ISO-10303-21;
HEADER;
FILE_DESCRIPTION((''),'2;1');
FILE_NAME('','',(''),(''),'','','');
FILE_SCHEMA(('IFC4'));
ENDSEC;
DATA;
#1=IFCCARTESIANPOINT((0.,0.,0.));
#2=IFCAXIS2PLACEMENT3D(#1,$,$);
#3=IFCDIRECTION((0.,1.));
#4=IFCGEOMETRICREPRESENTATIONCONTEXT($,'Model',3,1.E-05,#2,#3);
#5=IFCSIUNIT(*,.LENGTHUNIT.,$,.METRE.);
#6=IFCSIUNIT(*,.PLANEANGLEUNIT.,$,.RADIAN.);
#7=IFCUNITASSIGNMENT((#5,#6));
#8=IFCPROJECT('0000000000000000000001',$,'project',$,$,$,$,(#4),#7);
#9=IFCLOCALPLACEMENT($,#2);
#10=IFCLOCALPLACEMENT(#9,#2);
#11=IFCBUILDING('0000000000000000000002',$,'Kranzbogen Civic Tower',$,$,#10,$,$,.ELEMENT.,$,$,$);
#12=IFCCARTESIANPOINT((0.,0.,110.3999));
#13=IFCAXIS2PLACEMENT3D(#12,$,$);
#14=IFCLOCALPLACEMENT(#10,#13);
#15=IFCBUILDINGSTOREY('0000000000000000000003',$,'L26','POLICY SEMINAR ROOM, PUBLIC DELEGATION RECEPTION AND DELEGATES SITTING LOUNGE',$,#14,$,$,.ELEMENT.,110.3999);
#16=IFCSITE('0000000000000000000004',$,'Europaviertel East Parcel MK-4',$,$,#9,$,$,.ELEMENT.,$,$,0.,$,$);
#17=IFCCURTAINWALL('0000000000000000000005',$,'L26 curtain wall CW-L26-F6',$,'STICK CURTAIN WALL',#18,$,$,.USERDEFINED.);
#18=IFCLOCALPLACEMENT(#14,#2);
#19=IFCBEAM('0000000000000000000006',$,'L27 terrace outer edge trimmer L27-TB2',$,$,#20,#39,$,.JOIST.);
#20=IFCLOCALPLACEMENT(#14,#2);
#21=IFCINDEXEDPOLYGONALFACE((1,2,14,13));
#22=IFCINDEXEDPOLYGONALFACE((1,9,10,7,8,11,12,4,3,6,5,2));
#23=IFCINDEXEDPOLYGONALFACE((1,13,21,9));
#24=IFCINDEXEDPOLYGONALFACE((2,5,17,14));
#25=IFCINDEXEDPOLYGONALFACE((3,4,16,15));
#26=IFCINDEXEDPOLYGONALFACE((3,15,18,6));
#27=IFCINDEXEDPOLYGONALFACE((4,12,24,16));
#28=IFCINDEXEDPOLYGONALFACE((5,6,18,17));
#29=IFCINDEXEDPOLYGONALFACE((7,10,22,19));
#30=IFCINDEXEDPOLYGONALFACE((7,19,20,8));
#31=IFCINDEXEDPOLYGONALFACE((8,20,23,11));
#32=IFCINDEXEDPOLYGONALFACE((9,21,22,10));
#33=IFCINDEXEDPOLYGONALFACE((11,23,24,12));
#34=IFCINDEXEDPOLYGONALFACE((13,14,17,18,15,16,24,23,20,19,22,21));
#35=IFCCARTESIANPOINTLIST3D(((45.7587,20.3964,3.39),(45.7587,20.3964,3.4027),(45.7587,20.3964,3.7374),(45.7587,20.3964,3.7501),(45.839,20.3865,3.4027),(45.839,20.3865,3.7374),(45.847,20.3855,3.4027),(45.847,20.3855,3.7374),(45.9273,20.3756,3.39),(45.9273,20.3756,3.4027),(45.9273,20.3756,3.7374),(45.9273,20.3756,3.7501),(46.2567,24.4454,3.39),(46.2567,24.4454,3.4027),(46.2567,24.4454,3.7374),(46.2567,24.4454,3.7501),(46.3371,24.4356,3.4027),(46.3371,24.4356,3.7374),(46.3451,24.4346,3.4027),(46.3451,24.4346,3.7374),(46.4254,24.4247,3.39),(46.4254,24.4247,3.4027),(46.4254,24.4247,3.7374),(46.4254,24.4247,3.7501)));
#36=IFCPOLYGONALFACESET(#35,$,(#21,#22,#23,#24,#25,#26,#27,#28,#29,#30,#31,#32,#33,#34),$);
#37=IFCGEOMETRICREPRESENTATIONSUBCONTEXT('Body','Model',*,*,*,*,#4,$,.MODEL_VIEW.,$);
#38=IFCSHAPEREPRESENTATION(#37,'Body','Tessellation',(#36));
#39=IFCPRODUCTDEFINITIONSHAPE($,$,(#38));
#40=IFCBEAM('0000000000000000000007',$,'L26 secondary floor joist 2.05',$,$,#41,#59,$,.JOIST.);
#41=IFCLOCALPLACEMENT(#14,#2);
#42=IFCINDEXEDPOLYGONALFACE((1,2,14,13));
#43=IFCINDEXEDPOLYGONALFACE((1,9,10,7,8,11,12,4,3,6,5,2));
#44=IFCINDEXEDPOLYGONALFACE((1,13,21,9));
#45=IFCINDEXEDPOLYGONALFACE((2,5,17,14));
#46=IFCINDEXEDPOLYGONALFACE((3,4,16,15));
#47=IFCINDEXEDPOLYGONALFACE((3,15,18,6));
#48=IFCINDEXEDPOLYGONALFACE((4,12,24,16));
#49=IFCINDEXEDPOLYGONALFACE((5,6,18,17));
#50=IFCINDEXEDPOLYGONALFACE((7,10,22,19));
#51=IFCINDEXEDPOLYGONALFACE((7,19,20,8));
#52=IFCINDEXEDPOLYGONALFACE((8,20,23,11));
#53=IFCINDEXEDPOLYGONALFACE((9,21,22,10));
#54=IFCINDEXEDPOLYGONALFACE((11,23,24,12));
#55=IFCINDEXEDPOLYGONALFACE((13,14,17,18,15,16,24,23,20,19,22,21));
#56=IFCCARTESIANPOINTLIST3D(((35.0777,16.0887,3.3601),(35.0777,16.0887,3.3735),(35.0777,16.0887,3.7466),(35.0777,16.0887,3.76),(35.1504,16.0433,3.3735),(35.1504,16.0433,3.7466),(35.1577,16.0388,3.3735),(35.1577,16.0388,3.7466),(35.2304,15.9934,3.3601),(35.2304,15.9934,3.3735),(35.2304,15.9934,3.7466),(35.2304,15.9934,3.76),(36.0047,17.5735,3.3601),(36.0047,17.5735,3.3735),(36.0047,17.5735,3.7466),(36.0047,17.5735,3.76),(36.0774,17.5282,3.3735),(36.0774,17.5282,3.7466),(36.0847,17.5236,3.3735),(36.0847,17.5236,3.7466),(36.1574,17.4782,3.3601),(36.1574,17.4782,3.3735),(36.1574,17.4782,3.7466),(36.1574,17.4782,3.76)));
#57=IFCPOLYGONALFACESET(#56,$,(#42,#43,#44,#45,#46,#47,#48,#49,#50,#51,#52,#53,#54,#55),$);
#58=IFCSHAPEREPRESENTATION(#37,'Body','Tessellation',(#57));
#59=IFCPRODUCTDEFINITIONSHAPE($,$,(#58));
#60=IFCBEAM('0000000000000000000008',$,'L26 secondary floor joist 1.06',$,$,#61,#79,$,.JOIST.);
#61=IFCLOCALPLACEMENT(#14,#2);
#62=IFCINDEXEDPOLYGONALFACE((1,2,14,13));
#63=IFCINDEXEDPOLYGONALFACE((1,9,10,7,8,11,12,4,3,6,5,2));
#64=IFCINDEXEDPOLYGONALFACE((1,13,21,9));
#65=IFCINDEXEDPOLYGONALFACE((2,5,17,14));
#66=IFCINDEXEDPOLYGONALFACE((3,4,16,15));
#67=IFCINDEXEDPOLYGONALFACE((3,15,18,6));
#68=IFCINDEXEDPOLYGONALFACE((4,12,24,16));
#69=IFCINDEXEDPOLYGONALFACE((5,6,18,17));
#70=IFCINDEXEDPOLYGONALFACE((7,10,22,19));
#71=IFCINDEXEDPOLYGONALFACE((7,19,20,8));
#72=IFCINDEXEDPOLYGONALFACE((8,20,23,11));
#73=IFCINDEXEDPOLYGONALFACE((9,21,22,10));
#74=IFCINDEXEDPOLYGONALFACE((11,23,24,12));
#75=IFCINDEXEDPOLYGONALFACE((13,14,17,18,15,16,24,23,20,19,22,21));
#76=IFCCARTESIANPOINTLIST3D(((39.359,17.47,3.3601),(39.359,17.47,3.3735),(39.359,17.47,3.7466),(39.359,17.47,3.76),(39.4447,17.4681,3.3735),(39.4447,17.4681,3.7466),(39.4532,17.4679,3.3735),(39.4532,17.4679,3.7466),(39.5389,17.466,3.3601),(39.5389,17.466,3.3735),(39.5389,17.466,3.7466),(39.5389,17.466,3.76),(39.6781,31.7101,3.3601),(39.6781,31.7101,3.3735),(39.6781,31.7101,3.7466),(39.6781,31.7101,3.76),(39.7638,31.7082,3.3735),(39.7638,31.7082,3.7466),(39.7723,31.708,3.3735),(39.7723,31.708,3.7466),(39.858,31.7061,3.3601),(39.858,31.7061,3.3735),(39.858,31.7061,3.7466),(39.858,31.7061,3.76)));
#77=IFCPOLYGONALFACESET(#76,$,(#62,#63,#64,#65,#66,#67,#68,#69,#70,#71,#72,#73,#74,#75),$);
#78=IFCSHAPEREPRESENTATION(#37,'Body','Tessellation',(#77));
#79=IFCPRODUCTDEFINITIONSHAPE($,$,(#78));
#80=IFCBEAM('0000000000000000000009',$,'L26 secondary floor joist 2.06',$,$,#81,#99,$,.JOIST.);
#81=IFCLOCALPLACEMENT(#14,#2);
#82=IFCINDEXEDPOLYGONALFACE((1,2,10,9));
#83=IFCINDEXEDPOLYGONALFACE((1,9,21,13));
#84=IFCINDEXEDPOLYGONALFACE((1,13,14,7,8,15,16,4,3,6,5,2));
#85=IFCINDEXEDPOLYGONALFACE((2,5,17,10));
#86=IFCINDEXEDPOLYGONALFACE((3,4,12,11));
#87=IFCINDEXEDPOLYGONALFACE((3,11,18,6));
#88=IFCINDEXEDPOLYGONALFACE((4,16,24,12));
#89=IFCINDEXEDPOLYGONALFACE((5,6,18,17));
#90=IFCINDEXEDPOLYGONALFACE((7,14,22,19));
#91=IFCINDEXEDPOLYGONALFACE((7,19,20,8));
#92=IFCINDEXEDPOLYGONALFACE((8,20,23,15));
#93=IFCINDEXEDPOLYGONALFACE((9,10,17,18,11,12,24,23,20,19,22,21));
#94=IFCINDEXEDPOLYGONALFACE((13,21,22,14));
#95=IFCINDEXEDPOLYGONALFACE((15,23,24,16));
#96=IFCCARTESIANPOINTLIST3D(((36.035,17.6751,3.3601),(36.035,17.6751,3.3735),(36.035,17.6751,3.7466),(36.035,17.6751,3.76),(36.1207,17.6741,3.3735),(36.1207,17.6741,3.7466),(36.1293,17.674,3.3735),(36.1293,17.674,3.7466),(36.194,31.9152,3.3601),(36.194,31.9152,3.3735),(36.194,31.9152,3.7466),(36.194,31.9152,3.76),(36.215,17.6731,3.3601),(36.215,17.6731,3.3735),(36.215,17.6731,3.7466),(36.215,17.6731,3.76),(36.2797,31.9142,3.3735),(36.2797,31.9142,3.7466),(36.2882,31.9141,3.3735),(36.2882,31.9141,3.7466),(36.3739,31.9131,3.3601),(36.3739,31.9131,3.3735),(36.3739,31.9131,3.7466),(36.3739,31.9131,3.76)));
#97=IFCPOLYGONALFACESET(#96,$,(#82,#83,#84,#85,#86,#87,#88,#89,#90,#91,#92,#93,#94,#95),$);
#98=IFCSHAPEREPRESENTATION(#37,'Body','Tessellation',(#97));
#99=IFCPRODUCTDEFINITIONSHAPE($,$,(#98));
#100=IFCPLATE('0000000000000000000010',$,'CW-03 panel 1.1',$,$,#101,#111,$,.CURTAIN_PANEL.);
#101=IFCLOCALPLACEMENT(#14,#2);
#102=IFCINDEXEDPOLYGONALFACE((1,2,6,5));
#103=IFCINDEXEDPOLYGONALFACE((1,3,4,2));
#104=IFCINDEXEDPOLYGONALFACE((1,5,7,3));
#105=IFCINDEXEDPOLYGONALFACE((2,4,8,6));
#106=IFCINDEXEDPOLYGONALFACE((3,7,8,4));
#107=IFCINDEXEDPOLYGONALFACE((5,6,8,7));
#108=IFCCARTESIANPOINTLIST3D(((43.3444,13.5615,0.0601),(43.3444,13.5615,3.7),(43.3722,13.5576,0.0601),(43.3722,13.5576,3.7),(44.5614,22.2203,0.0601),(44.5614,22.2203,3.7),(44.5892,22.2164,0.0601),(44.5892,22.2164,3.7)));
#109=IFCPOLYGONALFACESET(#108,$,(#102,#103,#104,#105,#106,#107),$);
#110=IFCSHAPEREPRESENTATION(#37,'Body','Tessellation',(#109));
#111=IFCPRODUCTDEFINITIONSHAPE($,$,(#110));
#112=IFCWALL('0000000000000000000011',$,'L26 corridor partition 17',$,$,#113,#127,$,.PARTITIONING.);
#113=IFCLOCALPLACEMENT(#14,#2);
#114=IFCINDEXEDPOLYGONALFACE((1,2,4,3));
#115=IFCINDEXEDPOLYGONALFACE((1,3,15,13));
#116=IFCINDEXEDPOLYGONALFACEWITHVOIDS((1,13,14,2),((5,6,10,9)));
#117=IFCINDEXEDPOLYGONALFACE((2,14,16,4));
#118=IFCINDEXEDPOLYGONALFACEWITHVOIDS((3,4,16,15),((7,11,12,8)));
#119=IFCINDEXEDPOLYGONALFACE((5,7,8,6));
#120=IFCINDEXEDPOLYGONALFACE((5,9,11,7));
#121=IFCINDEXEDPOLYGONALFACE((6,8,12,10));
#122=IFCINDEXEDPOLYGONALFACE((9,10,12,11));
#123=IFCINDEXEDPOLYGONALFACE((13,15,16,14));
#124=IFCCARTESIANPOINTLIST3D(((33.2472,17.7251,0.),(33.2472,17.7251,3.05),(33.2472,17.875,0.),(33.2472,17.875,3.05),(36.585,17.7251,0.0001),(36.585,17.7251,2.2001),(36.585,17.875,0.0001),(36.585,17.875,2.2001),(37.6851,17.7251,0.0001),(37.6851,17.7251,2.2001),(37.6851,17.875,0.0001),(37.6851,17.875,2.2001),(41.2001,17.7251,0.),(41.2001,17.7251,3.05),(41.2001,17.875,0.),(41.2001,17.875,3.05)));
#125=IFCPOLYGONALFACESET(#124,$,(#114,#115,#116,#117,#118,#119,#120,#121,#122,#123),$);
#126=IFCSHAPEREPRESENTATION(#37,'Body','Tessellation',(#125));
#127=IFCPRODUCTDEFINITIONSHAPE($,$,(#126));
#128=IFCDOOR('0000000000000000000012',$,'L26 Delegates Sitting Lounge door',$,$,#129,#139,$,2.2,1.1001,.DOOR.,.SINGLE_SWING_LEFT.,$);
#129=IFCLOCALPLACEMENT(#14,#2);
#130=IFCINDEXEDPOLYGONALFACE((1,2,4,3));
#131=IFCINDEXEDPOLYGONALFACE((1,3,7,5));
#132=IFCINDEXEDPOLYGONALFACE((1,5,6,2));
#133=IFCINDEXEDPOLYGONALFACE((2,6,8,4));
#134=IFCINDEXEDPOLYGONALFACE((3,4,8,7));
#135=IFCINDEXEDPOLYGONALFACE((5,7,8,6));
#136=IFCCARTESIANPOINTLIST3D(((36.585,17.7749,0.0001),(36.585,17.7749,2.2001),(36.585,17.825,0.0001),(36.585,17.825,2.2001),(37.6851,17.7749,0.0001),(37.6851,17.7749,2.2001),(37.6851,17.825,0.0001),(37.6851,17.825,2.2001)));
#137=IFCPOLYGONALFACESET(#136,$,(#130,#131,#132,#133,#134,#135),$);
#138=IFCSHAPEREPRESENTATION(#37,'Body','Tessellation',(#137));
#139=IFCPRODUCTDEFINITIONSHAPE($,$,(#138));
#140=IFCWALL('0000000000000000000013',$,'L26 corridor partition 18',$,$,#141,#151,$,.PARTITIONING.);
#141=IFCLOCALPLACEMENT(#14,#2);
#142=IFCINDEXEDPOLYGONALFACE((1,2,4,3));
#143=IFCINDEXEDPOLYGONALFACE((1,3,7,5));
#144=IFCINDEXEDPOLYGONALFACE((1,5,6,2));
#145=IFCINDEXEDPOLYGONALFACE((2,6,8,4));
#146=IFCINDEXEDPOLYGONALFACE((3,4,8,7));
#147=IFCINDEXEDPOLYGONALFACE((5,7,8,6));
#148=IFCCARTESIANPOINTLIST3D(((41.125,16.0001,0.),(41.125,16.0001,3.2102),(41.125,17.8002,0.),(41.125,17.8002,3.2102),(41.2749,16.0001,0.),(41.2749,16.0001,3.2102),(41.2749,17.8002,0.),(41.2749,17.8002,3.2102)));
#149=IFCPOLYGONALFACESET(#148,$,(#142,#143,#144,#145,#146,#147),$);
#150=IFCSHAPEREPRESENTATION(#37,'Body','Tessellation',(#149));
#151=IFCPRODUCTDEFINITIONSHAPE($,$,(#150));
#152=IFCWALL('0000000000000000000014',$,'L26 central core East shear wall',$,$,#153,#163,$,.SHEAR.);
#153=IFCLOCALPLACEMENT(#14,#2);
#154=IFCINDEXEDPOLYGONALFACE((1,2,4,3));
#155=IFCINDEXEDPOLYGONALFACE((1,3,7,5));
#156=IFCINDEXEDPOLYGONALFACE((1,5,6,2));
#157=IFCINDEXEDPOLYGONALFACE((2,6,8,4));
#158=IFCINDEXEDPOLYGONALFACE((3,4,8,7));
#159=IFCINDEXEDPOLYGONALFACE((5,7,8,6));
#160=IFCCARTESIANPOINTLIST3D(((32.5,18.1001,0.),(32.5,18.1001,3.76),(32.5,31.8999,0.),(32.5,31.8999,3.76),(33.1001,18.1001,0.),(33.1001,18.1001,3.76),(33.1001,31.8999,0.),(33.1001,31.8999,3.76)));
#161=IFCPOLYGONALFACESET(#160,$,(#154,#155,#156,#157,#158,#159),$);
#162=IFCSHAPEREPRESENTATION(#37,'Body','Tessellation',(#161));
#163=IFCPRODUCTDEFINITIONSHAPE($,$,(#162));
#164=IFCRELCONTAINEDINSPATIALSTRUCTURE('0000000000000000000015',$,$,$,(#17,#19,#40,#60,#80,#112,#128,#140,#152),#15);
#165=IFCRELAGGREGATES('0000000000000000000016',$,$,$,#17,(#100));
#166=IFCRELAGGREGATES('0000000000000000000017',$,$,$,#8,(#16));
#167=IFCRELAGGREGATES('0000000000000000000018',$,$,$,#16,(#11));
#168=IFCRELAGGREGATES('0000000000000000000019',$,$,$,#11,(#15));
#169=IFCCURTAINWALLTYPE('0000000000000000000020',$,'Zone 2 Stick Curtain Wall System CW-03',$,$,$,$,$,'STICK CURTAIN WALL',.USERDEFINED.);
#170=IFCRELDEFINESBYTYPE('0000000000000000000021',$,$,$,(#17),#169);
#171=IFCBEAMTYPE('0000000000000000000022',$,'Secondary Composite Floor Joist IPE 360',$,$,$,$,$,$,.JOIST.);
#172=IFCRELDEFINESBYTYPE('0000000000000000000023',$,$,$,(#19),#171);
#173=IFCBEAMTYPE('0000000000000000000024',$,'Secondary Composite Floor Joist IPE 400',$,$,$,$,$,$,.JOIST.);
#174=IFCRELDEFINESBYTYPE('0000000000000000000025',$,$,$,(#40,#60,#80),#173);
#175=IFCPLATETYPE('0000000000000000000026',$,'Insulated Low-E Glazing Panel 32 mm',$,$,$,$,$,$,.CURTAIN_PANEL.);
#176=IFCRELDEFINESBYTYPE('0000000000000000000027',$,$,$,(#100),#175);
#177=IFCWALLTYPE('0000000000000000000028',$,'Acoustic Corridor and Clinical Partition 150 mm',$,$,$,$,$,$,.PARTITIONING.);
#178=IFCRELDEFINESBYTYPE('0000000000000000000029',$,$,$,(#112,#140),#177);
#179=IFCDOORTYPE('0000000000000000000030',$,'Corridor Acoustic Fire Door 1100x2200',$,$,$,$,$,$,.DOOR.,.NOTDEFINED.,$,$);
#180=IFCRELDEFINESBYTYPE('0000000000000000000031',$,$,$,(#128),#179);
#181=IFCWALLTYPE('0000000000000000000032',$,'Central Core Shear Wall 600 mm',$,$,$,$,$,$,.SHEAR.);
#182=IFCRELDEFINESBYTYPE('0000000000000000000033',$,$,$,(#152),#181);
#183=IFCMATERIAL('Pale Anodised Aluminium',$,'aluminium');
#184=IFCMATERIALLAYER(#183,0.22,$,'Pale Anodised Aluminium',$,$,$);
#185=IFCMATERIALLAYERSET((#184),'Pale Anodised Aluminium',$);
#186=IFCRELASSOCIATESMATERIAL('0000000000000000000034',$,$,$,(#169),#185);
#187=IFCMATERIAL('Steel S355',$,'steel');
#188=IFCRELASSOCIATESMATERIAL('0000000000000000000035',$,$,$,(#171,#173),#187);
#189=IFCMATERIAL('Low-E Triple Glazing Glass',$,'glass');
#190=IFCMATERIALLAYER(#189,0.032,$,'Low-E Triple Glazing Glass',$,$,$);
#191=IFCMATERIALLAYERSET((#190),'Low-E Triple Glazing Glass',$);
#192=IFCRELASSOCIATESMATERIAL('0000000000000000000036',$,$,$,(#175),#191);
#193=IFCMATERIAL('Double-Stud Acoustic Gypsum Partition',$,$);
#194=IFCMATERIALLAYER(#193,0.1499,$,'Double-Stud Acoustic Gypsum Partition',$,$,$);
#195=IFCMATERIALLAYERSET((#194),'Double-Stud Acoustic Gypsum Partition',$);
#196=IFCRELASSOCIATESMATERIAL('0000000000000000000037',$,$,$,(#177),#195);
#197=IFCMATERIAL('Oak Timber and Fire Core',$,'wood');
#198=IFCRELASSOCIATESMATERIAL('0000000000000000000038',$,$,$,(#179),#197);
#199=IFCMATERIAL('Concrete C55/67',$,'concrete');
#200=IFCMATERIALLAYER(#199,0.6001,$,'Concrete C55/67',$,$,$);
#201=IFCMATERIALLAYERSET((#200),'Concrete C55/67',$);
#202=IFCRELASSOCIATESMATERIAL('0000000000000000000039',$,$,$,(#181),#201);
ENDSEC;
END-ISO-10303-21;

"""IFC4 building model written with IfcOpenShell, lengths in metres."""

from ifc_helpers import new_model, si_unit, direction, frame, frame_2d, origin, origin_2d, place, context, subcontext, project, spatial, rectangle, i_section, extrude, material, layer, layer_set, material_profile, profile_set, type_object, element, fill, aggregate, save


model = new_model("IFC4")

# Units and contexts
model_context = context("Model", 3, precision=1e-05, world=origin(), true_north=direction((0.0, 1.0)))
body_context = subcontext(model_context, "Body", "Model", "MODEL_VIEW")
ifc_project = project(units=[si_unit("LENGTHUNIT", "METRE"), si_unit("PLANEANGLEUNIT", "RADIAN")], contexts=[model_context])

# Site, building, storey
site_placement = place(None, origin())
site = spatial("IfcSite", under=ifc_project, at=site_placement, Name="Europaviertel East Parcel MK-4", CompositionType="ELEMENT", RefElevation=0.0)
building_placement = place(site_placement, origin())
building = spatial("IfcBuilding", under=site, at=building_placement, Name="Kranzbogen Civic Tower", CompositionType="ELEMENT")
storey_placement = place(building_placement, frame((0.0, 0.0, 110.3999)))
storey = spatial("IfcBuildingStorey", under=building, at=storey_placement, Name="L26", Description="POLICY SEMINAR ROOM, PUBLIC DELEGATION RECEPTION AND DELEGATES SITTING LOUNGE", CompositionType="ELEMENT", Elevation=110.3999)

# Curtain wall
ifc_material_1 = material(Name="Pale Anodised Aluminium", Category="aluminium")
ifc_layer_1 = layer(ifc_material_1, 0.22, Name="Pale Anodised Aluminium")
ifc_layer_set_1 = layer_set([ifc_layer_1], Name="Pale Anodised Aluminium")
curtain_wall_type = type_object("IfcCurtainWallType", Name="Zone 2 Stick Curtain Wall System CW-03", ElementType="STICK CURTAIN WALL", PredefinedType="USERDEFINED", material=ifc_layer_set_1)
curtain_wall_placement = place(storey_placement, origin())
curtain_wall = element("IfcCurtainWall", 1, at=curtain_wall_placement, inside=storey, type_object=curtain_wall_type, Name="L26 curtain wall CW-L26-F6", ObjectType="STICK CURTAIN WALL", PredefinedType="USERDEFINED")

# Beams
ifc_material_2 = material(Name="Steel S355", Category="steel")
ifc_material_profile_1 = material_profile(ifc_material_2, i_section(OverallWidth=0.1699, OverallDepth=0.3601, WebThickness=0.0081, FlangeThickness=0.0127, at=origin_2d()), Name="IPE 360")
ifc_profile_set_1 = profile_set([ifc_material_profile_1], Name="Steel S355")
beam_type_1 = type_object("IfcBeamType", Name="Secondary Composite Floor Joist IPE 360", PredefinedType="JOIST", material=ifc_profile_set_1)
beam_1_placement = place(storey_placement, frame((45.843, 20.386, 3.5701), z_axis=(0.122083, 0.99252, 0.0), x_axis=(-0.99252, 0.122083, 0.0)))
element("IfcBeam", 2, at=beam_1_placement, inside=storey, type_object=beam_type_1, Name="L27 terrace outer edge trimmer L27-TB2", PredefinedType="JOIST", context=body_context, shape_type="SweptSolid", body=[
    extrude(i_section(OverallWidth=0.1699, OverallDepth=0.3601, WebThickness=0.0081, FlangeThickness=0.0127, at=origin_2d()), origin(), (0.0, 0.0, 1.0), 4.0796),
])
ifc_material_profile_2 = material_profile(ifc_material_2, i_section(OverallWidth=0.1799, OverallDepth=0.3999, WebThickness=0.0085, FlangeThickness=0.0134, at=origin_2d()), Name="IPE 400")
ifc_profile_set_2 = profile_set([ifc_material_profile_2], Name="Steel S355")
beam_type_2 = type_object("IfcBeamType", Name="Secondary Composite Floor Joist IPE 400", PredefinedType="JOIST", material=ifc_profile_set_2)
beam_2_placement = place(storey_placement, frame((35.1541, 16.041, 3.5601), z_axis=(0.529573, 0.848265, 0.0), x_axis=(-0.848265, 0.529573, 0.0)))
element("IfcBeam", 3, at=beam_2_placement, inside=storey, type_object=beam_type_2, Name="L26 secondary floor joist 2.05", PredefinedType="JOIST", context=body_context, shape_type="SweptSolid", body=[
    extrude(i_section(OverallWidth=0.1799, OverallDepth=0.3999, WebThickness=0.0085, FlangeThickness=0.0134, at=origin_2d()), origin(), (0.0, 0.0, 1.0), 1.7505),
])
beam_3_placement = place(storey_placement, frame((39.449, 17.468, 3.5601), z_axis=(0.022403, 0.999749, 0.0), x_axis=(-0.999749, 0.022403, 0.0)))
element("IfcBeam", 4, at=beam_3_placement, inside=storey, type_object=beam_type_2, Name="L26 secondary floor joist 1.06", PredefinedType="JOIST", context=body_context, shape_type="SweptSolid", body=[
    extrude(i_section(OverallWidth=0.1799, OverallDepth=0.3999, WebThickness=0.0085, FlangeThickness=0.0134, at=origin_2d()), origin(), (0.0, 0.0, 1.0), 14.2437),
])
beam_4_placement = place(storey_placement, frame((36.125, 17.6741, 3.5601), z_axis=(0.011161, 0.999938, 0.0), x_axis=(-0.999938, 0.011161, 0.0)))
element("IfcBeam", 5, at=beam_4_placement, inside=storey, type_object=beam_type_2, Name="L26 secondary floor joist 2.06", PredefinedType="JOIST", context=body_context, shape_type="SweptSolid", body=[
    extrude(i_section(OverallWidth=0.1799, OverallDepth=0.3999, WebThickness=0.0085, FlangeThickness=0.0134, at=origin_2d()), origin(), (0.0, 0.0, 1.0), 14.241),
])

# Plate
ifc_material_3 = material(Name="Low-E Triple Glazing Glass", Category="glass")
ifc_layer_2 = layer(ifc_material_3, 0.032, Name="Low-E Triple Glazing Glass")
ifc_layer_set_2 = layer_set([ifc_layer_2], Name="Low-E Triple Glazing Glass")
plate_type = type_object("IfcPlateType", Name="Insulated Low-E Glazing Panel 32 mm", PredefinedType="CURTAIN_PANEL", material=ifc_layer_set_2)
plate_placement = place(storey_placement, frame((43.9668, 17.8889, 0.0601), z_axis=(0.0, 0.0, 1.0), x_axis=(0.139179, 0.990267, 0.0)))
plate = element("IfcPlate", 6, at=plate_placement, type_object=plate_type, Name="CW-03 panel 1.1", PredefinedType="CURTAIN_PANEL", context=body_context, shape_type="SweptSolid", body=[
    extrude(rectangle(XDim=8.7439, YDim=0.0281, at=origin_2d()), origin(), (0.0, 0.0, 1.0), 3.6399),
])
aggregate(curtain_wall, [plate])

# Wall, opening, door
ifc_material_4 = material(Name="Double-Stud Acoustic Gypsum Partition")
ifc_layer_3 = layer(ifc_material_4, 0.1499, Name="Double-Stud Acoustic Gypsum Partition")
ifc_layer_set_3 = layer_set([ifc_layer_3], Name="Double-Stud Acoustic Gypsum Partition")
wall_type_1 = type_object("IfcWallType", Name="Acoustic Corridor and Clinical Partition 150 mm", PredefinedType="PARTITIONING", material=ifc_layer_set_3)
wall_1_placement = place(storey_placement, frame((33.2471, 17.8, 0.0), z_axis=(0.0, 0.0, 1.0), x_axis=(1.0, 0.0, 0.0)))
wall_1 = element("IfcWall", 7, at=wall_1_placement, inside=storey, type_object=wall_type_1, Name="L26 corridor partition 17", PredefinedType="PARTITIONING", context=body_context, shape_type="SweptSolid", body=[
    extrude(rectangle(XDim=7.9529, YDim=0.1499, at=frame_2d((3.9766, 0.0))), origin(), (0.0, 0.0, 1.0), 3.05),
])
opening_placement = place(wall_1_placement, frame((3.3379, 0.0, 0.0)))
opening = element("IfcOpeningElement", 8, at=opening_placement, cuts=wall_1, PredefinedType="OPENING", context=body_context, shape_type="SweptSolid", body=[
    extrude(rectangle(XDim=1.1001, YDim=2.2, at=frame_2d((0.55, 1.1001))), frame((0.0, 0.085, 0.0), z_axis=(0.0, -1.0, 0.0), x_axis=(1.0, 0.0, 0.0)), (0.0, 0.0, 1.0), 0.1699),
])
ifc_material_5 = material(Name="Oak Timber and Fire Core", Category="wood")
door_type = type_object("IfcDoorType", Name="Corridor Acoustic Fire Door 1100x2200", OperationType="NOTDEFINED", PredefinedType="DOOR", material=ifc_material_5)
door_placement = place(opening_placement, origin())
door = element("IfcDoor", 9, at=door_placement, inside=storey, type_object=door_type, Name="L26 Delegates Sitting Lounge door", OperationType="SINGLE_SWING_LEFT", OverallHeight=2.2, OverallWidth=1.1001, PredefinedType="DOOR", context=body_context, shape_type="SweptSolid", body=[
    extrude(rectangle(XDim=1.1001, YDim=2.2, at=frame_2d((0.55, 1.1001))), frame((0.0, 0.0249, 0.0), z_axis=(0.0, -1.0, 0.0), x_axis=(1.0, 0.0, 0.0)), (0.0, 0.0, 1.0), 0.05),
])
fill(opening, door)

# Walls
wall_2_placement = place(storey_placement, frame((41.2, 17.8, 0.0), z_axis=(0.0, 0.0, 1.0), x_axis=(0.0, -1.0, 0.0)))
element("IfcWall", 10, at=wall_2_placement, inside=storey, type_object=wall_type_1, Name="L26 corridor partition 18", PredefinedType="PARTITIONING", context=body_context, shape_type="SweptSolid", body=[
    extrude(rectangle(XDim=1.8, YDim=0.1499, at=frame_2d((0.8999, 0.0))), origin(), (0.0, 0.0, 1.0), 3.2102),
])
ifc_material_6 = material(Name="Concrete C55/67", Category="concrete")
ifc_layer_4 = layer(ifc_material_6, 0.6001, Name="Concrete C55/67")
ifc_layer_set_4 = layer_set([ifc_layer_4], Name="Concrete C55/67")
wall_type_2 = type_object("IfcWallType", Name="Central Core Shear Wall 600 mm", PredefinedType="SHEAR", material=ifc_layer_set_4)
wall_3_placement = place(storey_placement, frame((32.8, 18.1001, 0.0), z_axis=(0.0, 0.0, 1.0), x_axis=(0.0, 1.0, 0.0)))
element("IfcWall", 11, at=wall_3_placement, inside=storey, type_object=wall_type_2, Name="L26 central core East shear wall", PredefinedType="SHEAR", context=body_context, shape_type="SweptSolid", body=[
    extrude(rectangle(XDim=13.7998, YDim=0.6001, at=frame_2d((6.8999, 0.0))), origin(), (0.0, 0.0, 1.0), 3.76),
])

save(model, "model.ifc")
